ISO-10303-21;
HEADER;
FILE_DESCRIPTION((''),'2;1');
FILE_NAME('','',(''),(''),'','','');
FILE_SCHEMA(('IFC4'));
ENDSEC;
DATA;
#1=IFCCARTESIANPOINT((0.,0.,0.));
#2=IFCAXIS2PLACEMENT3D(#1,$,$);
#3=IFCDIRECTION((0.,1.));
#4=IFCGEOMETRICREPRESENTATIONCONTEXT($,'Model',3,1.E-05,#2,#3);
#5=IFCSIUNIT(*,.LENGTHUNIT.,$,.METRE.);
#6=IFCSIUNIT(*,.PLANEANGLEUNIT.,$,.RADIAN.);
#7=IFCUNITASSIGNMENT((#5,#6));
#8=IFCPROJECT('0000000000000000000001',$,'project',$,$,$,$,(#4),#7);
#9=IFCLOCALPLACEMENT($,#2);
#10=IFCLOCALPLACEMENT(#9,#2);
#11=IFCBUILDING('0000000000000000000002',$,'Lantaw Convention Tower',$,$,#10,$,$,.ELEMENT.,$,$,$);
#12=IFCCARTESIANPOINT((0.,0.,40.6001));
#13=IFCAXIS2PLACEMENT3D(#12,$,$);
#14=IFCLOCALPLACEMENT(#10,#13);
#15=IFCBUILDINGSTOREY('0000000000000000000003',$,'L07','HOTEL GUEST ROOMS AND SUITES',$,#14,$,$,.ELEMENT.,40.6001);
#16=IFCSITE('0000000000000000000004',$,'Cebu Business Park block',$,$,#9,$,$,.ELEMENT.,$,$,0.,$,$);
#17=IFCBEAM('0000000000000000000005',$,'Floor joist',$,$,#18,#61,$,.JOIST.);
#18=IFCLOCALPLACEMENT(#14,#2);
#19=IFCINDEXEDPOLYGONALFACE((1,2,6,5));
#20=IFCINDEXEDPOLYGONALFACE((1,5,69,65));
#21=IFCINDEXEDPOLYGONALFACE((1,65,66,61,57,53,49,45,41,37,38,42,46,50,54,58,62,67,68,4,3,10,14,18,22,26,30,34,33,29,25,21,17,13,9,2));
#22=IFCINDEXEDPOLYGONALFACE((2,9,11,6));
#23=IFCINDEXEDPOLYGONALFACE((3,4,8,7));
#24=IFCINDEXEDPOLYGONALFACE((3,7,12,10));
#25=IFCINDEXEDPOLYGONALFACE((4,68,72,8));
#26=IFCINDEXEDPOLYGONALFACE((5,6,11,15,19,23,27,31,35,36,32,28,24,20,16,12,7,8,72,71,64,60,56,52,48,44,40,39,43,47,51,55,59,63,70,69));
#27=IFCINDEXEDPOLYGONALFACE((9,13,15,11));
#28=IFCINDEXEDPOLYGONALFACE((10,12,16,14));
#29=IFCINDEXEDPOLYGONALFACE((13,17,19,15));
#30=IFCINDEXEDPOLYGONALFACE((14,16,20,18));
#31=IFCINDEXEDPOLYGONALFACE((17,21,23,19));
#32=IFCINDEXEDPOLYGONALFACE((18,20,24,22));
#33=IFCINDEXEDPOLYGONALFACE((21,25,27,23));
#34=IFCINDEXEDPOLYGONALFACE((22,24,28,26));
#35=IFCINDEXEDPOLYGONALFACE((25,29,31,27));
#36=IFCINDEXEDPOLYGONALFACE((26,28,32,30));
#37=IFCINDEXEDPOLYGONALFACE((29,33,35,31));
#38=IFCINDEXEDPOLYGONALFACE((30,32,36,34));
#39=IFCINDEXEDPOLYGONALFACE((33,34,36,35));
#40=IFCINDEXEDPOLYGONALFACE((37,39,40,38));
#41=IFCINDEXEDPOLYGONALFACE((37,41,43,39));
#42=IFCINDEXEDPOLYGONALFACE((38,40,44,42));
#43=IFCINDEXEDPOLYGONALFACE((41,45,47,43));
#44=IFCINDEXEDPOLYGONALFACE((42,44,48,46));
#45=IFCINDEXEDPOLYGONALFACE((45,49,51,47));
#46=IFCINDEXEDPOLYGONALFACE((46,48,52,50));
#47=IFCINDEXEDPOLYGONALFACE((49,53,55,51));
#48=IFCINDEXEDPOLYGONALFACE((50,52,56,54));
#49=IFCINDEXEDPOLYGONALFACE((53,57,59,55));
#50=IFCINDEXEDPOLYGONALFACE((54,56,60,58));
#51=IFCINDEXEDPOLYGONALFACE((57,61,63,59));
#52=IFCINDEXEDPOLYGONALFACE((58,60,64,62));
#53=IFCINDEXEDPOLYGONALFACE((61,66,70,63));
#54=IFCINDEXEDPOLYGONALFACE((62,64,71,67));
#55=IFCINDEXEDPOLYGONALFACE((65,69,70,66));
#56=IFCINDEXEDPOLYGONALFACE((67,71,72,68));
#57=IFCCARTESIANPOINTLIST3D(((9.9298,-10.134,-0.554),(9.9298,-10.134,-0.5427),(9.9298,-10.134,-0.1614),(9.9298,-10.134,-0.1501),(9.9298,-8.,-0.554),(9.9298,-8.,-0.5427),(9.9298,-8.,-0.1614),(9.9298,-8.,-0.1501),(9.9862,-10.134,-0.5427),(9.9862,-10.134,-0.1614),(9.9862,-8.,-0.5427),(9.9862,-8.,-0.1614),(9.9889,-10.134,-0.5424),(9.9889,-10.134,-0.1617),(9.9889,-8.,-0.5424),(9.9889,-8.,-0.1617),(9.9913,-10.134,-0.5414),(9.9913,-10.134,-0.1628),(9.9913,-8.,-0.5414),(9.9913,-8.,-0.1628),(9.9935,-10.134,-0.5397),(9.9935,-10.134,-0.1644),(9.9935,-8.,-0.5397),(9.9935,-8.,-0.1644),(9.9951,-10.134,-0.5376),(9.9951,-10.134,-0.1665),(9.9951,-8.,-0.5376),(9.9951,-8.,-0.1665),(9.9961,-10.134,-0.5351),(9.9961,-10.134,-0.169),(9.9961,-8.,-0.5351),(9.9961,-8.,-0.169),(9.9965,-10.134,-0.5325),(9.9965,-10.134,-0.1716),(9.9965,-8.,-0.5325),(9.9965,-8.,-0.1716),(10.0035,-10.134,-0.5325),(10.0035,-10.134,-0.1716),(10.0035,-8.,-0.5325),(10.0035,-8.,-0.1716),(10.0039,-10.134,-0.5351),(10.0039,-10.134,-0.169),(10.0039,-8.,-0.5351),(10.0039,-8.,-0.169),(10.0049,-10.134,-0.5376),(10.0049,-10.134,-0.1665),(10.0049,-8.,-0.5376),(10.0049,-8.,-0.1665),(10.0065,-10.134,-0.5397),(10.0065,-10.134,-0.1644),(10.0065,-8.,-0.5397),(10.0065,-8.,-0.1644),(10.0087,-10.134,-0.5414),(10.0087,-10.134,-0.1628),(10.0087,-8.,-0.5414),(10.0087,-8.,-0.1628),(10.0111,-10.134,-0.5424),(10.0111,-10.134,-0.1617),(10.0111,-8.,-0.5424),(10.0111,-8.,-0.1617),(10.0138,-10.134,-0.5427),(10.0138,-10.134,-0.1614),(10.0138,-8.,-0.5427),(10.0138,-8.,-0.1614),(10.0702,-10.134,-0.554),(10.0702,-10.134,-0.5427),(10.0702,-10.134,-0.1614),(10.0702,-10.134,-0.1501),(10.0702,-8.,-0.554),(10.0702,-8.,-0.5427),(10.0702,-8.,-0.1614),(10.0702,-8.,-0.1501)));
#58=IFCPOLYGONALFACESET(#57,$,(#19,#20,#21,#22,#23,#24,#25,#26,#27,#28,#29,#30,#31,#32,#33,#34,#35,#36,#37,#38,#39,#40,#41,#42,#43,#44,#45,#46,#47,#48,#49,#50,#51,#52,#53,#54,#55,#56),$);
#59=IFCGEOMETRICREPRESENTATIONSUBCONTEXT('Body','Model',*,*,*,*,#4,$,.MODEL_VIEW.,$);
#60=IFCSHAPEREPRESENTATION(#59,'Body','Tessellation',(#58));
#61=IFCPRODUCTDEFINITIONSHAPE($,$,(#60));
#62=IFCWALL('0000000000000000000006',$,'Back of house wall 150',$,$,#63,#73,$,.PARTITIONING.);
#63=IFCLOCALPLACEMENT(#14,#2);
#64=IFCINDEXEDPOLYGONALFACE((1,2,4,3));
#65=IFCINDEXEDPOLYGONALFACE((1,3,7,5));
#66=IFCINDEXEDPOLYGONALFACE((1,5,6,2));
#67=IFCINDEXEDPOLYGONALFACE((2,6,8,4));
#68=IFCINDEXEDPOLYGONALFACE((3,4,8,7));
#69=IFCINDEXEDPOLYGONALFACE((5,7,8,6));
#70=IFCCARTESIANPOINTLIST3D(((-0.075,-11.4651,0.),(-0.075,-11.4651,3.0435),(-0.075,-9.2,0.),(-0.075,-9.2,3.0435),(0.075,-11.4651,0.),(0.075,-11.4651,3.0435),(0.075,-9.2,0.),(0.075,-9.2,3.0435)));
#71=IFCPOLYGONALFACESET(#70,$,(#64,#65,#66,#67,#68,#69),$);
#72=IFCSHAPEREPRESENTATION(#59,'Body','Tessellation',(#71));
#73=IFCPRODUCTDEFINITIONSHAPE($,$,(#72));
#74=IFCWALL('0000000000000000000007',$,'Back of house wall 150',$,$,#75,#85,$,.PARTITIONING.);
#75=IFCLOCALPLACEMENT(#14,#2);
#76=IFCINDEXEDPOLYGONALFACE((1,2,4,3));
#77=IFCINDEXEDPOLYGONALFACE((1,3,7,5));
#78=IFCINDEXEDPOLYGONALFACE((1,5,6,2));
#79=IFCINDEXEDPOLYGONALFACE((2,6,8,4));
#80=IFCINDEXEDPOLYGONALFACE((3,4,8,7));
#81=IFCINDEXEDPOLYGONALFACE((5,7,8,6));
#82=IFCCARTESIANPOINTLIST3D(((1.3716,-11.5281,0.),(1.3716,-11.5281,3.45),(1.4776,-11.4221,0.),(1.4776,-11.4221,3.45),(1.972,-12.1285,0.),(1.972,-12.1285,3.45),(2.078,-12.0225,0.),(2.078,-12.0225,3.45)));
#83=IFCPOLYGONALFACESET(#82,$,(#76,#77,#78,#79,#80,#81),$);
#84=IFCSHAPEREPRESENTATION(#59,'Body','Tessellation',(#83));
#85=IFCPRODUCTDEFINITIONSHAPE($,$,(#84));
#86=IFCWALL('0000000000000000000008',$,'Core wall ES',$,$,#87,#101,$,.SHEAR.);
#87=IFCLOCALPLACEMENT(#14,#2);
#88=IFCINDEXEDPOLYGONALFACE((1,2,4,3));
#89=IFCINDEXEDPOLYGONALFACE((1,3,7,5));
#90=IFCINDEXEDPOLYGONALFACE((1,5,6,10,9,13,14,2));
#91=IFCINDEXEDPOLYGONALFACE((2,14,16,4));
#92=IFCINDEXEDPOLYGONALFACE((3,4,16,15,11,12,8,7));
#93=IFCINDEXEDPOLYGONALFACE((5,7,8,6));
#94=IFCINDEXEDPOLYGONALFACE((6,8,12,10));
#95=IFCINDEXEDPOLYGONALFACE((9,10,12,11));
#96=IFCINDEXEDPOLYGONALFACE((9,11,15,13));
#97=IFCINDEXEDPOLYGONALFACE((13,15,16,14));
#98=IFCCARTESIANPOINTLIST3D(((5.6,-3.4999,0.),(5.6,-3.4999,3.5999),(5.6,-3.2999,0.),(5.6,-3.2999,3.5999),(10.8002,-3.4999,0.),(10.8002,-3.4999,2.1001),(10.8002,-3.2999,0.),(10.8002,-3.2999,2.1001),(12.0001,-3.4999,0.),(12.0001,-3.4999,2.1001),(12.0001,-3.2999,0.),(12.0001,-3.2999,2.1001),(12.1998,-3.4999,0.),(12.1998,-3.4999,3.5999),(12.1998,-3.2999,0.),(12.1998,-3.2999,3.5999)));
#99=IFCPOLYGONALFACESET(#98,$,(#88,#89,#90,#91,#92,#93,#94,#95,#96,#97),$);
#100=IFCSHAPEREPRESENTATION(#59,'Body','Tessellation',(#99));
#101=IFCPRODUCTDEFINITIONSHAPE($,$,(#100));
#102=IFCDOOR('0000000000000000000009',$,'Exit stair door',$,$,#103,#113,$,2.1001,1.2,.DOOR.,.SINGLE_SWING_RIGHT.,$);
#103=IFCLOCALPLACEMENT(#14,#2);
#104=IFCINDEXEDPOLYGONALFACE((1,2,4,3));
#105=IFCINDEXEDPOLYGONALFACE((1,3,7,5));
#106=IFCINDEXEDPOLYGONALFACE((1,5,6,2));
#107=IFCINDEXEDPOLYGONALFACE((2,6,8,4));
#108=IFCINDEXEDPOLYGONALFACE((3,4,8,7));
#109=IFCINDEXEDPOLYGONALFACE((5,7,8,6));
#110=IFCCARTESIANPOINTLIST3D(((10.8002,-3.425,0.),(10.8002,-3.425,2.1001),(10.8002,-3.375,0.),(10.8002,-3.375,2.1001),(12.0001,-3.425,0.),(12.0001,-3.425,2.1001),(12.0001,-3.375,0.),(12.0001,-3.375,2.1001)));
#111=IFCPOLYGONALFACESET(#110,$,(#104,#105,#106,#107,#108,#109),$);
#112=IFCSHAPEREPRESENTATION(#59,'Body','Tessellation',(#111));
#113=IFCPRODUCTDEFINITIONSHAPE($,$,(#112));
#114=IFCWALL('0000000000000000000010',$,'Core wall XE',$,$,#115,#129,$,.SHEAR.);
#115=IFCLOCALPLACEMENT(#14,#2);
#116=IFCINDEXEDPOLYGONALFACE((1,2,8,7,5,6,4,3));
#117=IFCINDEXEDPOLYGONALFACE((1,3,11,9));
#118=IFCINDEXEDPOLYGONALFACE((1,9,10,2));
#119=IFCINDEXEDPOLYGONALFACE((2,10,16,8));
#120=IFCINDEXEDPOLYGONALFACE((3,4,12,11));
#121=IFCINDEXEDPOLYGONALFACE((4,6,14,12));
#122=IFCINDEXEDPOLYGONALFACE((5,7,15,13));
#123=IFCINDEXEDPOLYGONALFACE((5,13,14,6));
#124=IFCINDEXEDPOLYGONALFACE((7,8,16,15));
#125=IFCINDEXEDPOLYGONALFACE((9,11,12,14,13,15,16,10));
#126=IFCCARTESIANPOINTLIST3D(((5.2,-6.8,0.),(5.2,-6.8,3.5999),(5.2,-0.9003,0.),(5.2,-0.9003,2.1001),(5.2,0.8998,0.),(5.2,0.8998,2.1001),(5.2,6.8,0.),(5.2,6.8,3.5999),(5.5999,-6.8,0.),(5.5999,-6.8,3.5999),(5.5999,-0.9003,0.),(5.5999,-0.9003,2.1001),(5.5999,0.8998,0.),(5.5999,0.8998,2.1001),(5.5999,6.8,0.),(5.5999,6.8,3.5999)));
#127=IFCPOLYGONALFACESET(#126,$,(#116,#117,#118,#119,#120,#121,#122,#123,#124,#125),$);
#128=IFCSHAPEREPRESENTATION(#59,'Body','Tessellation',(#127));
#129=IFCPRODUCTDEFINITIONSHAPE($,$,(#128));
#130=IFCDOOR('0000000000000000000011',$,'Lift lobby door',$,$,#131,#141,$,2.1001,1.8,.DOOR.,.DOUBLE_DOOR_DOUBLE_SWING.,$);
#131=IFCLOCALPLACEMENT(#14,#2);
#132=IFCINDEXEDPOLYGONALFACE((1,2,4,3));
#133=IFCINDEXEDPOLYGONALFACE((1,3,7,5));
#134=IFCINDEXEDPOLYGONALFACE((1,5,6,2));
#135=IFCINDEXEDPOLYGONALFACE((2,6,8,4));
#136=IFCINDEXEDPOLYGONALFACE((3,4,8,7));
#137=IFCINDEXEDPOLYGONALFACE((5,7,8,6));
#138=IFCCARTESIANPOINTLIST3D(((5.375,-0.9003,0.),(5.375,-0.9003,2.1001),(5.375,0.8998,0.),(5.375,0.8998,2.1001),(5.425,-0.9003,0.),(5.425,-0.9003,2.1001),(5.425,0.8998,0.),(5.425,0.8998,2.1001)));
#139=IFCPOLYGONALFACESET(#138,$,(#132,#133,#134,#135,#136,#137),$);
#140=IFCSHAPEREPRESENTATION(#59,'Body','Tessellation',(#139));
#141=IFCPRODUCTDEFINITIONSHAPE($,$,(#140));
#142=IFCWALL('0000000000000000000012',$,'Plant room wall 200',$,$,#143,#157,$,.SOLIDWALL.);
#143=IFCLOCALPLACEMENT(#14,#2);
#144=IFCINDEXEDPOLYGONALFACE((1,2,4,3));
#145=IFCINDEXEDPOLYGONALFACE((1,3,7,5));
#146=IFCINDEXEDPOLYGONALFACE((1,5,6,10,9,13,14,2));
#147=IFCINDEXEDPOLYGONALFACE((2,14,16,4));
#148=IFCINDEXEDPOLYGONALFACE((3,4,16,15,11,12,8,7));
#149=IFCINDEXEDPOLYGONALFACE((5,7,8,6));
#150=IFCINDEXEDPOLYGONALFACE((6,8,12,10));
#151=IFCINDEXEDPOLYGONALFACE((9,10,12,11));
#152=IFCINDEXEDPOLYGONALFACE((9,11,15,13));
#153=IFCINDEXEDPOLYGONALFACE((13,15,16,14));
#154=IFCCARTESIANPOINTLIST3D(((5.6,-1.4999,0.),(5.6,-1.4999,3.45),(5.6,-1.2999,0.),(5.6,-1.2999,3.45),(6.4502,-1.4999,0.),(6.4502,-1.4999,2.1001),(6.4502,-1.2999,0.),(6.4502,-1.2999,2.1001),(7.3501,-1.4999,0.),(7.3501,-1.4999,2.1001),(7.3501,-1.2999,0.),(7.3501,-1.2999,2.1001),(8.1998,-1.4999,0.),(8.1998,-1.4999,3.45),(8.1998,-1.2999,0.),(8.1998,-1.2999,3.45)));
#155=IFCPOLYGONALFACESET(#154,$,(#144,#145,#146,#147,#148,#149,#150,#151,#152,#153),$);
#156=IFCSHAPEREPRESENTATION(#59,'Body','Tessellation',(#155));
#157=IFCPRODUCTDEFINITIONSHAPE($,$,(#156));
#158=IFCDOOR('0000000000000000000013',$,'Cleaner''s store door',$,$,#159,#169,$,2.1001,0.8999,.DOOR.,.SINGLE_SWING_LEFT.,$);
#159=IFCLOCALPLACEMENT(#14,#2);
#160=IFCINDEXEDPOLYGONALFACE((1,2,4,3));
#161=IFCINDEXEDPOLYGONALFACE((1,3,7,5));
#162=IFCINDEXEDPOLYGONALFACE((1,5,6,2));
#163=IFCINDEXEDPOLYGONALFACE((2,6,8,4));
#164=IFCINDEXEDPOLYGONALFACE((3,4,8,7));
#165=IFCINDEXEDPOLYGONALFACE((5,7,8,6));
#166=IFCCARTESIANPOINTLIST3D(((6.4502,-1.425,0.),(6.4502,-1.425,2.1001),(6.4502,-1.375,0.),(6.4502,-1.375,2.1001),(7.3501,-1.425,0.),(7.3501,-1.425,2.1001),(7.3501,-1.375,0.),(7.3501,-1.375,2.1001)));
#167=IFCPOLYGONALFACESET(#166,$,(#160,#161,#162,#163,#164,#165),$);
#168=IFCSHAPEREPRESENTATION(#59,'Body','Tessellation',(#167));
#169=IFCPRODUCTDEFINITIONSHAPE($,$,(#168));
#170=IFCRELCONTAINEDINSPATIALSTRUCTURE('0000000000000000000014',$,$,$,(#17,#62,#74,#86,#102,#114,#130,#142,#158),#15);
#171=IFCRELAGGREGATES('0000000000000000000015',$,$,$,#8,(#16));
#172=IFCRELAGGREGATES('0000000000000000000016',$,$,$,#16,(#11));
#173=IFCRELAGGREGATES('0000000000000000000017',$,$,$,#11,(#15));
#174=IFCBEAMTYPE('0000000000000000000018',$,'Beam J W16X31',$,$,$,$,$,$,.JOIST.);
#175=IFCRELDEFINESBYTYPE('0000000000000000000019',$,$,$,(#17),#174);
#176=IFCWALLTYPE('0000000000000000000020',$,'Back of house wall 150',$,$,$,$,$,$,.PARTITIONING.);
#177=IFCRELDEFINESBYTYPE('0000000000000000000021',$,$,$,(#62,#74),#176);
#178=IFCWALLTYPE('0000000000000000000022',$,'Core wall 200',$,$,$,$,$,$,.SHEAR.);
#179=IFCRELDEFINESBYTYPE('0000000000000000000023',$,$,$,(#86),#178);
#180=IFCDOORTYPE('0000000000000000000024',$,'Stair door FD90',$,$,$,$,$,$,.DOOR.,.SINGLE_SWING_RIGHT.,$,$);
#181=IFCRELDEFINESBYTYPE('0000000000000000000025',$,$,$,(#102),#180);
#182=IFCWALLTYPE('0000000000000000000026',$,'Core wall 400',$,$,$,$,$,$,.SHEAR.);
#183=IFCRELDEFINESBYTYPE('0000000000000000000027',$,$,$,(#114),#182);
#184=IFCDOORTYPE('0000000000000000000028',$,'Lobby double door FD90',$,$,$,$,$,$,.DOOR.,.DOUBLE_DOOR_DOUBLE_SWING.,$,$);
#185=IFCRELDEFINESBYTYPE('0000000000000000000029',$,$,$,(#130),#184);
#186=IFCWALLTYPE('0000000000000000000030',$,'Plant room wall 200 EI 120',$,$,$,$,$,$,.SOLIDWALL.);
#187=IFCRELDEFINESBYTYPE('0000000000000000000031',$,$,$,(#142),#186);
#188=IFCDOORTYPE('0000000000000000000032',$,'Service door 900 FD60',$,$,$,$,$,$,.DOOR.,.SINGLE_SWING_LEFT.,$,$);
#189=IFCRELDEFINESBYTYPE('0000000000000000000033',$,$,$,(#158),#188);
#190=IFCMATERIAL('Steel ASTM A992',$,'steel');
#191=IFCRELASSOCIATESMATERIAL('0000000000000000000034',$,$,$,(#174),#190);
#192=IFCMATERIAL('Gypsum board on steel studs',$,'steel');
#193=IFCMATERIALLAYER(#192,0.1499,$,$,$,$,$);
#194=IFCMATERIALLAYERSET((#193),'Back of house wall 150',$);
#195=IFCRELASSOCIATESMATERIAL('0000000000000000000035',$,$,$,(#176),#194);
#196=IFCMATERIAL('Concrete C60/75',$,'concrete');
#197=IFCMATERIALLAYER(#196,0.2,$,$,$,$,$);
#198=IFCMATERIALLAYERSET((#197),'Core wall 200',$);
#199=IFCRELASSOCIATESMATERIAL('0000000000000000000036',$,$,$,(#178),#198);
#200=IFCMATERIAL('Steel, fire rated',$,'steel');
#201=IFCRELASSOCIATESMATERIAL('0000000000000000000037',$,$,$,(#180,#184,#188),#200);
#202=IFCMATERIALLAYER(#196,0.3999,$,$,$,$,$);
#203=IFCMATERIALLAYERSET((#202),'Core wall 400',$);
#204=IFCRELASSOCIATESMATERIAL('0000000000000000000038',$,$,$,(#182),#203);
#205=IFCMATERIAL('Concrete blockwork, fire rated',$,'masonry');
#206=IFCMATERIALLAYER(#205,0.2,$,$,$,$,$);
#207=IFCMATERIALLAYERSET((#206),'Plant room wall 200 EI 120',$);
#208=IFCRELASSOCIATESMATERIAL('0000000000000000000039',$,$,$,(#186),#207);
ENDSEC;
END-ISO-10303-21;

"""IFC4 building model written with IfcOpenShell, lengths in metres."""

from ifc_helpers import new_model, si_unit, direction, frame, frame_2d, origin, origin_2d, place, context, subcontext, project, spatial, rectangle, i_section, extrude, material, layer, layer_set, material_profile, profile_set, type_object, element, fill, save


model = new_model("IFC4")

# Units and contexts
model_context = context("Model", 3, precision=1e-05, world=origin(), true_north=direction((0.0, 1.0)))
body_context = subcontext(model_context, "Body", "Model", "MODEL_VIEW")
ifc_project = project(units=[si_unit("LENGTHUNIT", "METRE"), si_unit("PLANEANGLEUNIT", "RADIAN")], contexts=[model_context])

# Site, building, storey
site_placement = place(None, origin())
site = spatial("IfcSite", under=ifc_project, at=site_placement, Name="Cebu Business Park block", CompositionType="ELEMENT", RefElevation=0.0)
building_placement = place(site_placement, origin())
building = spatial("IfcBuilding", under=site, at=building_placement, Name="Lantaw Convention Tower", CompositionType="ELEMENT")
storey_placement = place(building_placement, frame((0.0, 0.0, 40.6001)))
storey = spatial("IfcBuildingStorey", under=building, at=storey_placement, Name="L07", Description="HOTEL GUEST ROOMS AND SUITES", CompositionType="ELEMENT", Elevation=40.6001)

# Beam
ifc_material_1 = material(Name="Steel ASTM A992", Category="steel")
ifc_material_profile_1 = material_profile(ifc_material_1, i_section(OverallWidth=0.1404, OverallDepth=0.4038, WebThickness=0.0071, FlangeThickness=0.0112, FilletRadius=0.0103, at=origin_2d()), Name="W16X31")
ifc_profile_set_1 = profile_set([ifc_material_profile_1], Name="Steel ASTM A992")
beam_type_1 = type_object("IfcBeamType", Name="Beam J W16X31", PredefinedType="JOIST", material=ifc_profile_set_1)
beam_1_placement = place(storey_placement, frame((10.0, -10.134, -0.3521), z_axis=(0.0, 1.0, 0.0), x_axis=(-1.0, 0.0, 0.0)))
element("IfcBeam", 1, at=beam_1_placement, inside=storey, type_object=beam_type_1, Name="Floor joist", PredefinedType="JOIST", context=body_context, shape_type="SweptSolid", body=[
    extrude(i_section(OverallWidth=0.1404, OverallDepth=0.4038, WebThickness=0.0071, FlangeThickness=0.0112, FilletRadius=0.0103, at=origin_2d()), origin(), (0.0, 0.0, 1.0), 2.134),
])

# Walls
ifc_material_2 = material(Name="Gypsum board on steel studs", Category="steel")
ifc_layer_1 = layer(ifc_material_2, 0.1499)
ifc_layer_set_1 = layer_set([ifc_layer_1], Name="Back of house wall 150")
wall_type_1 = type_object("IfcWallType", Name="Back of house wall 150", PredefinedType="PARTITIONING", material=ifc_layer_set_1)
wall_1_placement = place(storey_placement, frame((0.0, -9.2, 0.0), z_axis=(0.0, 0.0, 1.0), x_axis=(0.0, -1.0, 0.0)))
element("IfcWall", 2, at=wall_1_placement, inside=storey, type_object=wall_type_1, Name="Back of house wall 150", PredefinedType="PARTITIONING", context=body_context, shape_type="SweptSolid", body=[
    extrude(rectangle(XDim=2.2651, YDim=0.1499, at=frame_2d((1.1326, 0.0))), origin(), (0.0, 0.0, 1.0), 3.0435),
])
wall_2_placement = place(storey_placement, frame((1.4246, -11.4751, 0.0), z_axis=(0.0, 0.0, 1.0), x_axis=(0.707107, -0.707107, 0.0)))
element("IfcWall", 3, at=wall_2_placement, inside=storey, type_object=wall_type_1, Name="Back of house wall 150", PredefinedType="PARTITIONING", context=body_context, shape_type="SweptSolid", body=[
    extrude(rectangle(XDim=0.8491, YDim=0.1499, at=frame_2d((0.4246, 0.0))), origin(), (0.0, 0.0, 1.0), 3.45),
])

# Walls, openings, doors
ifc_material_3 = material(Name="Concrete C60/75", Category="concrete")
ifc_layer_2 = layer(ifc_material_3, 0.2)
ifc_layer_set_2 = layer_set([ifc_layer_2], Name="Core wall 200")
wall_type_2 = type_object("IfcWallType", Name="Core wall 200", PredefinedType="SHEAR", material=ifc_layer_set_2)
wall_3_placement = place(storey_placement, frame((5.6001, -3.3999, 0.0), z_axis=(0.0, 0.0, 1.0), x_axis=(1.0, 0.0, 0.0)))
wall_3 = element("IfcWall", 4, at=wall_3_placement, inside=storey, type_object=wall_type_2, Name="Core wall ES", PredefinedType="SHEAR", context=body_context, shape_type="SweptSolid", body=[
    extrude(rectangle(XDim=6.5999, YDim=0.2, at=frame_2d((3.2998, 0.0))), origin(), (0.0, 0.0, 1.0), 3.5999),
])
opening_1_placement = place(wall_3_placement, frame((5.2, 0.0, 0.0)))
opening_1 = element("IfcOpeningElement", 5, at=opening_1_placement, cuts=wall_3, PredefinedType="OPENING", context=body_context, shape_type="SweptSolid", body=[
    extrude(rectangle(XDim=1.2, YDim=2.1001, at=frame_2d((0.6001, 1.05))), frame((0.0, 0.1099, 0.0), z_axis=(0.0, -1.0, 0.0), x_axis=(1.0, 0.0, 0.0)), (0.0, 0.0, 1.0), 0.22),
])
ifc_material_4 = material(Name="Steel, fire rated", Category="steel")
door_type_1 = type_object("IfcDoorType", Name="Stair door FD90", OperationType="SINGLE_SWING_RIGHT", PredefinedType="DOOR", material=ifc_material_4)
door_1_placement = place(opening_1_placement, origin())
door_1 = element("IfcDoor", 6, at=door_1_placement, inside=storey, type_object=door_type_1, Name="Exit stair door", OperationType="SINGLE_SWING_RIGHT", OverallHeight=2.1001, OverallWidth=1.2, PredefinedType="DOOR", context=body_context, shape_type="SweptSolid", body=[
    extrude(rectangle(XDim=1.2, YDim=2.1001, at=frame_2d((0.6001, 1.05))), frame((0.0, 0.0249, 0.0), z_axis=(0.0, -1.0, 0.0), x_axis=(1.0, 0.0, 0.0)), (0.0, 0.0, 1.0), 0.05),
])
fill(opening_1, door_1)
ifc_layer_3 = layer(ifc_material_3, 0.3999)
ifc_layer_set_3 = layer_set([ifc_layer_3], Name="Core wall 400")
wall_type_3 = type_object("IfcWallType", Name="Core wall 400", PredefinedType="SHEAR", material=ifc_layer_set_3)
wall_4_placement = place(storey_placement, frame((5.3999, -6.8, 0.0), z_axis=(0.0, 0.0, 1.0), x_axis=(0.0, 1.0, 0.0)))
wall_4 = element("IfcWall", 7, at=wall_4_placement, inside=storey, type_object=wall_type_3, Name="Core wall XE", PredefinedType="SHEAR", context=body_context, shape_type="SweptSolid", body=[
    extrude(rectangle(XDim=13.6001, YDim=0.3999, at=frame_2d((6.8, 0.0))), origin(), (0.0, 0.0, 1.0), 3.5999),
])
opening_2_placement = place(wall_4_placement, frame((5.8999, 0.0, 0.0)))
opening_2 = element("IfcOpeningElement", 8, at=opening_2_placement, cuts=wall_4, PredefinedType="OPENING", context=body_context, shape_type="SweptSolid", body=[
    extrude(rectangle(XDim=1.8, YDim=2.1001, at=frame_2d((0.8999, 1.05))), frame((0.0, 0.21, 0.0), z_axis=(0.0, -1.0, 0.0), x_axis=(1.0, 0.0, 0.0)), (0.0, 0.0, 1.0), 0.4199),
])
door_type_2 = type_object("IfcDoorType", Name="Lobby double door FD90", OperationType="DOUBLE_DOOR_DOUBLE_SWING", PredefinedType="DOOR", material=ifc_material_4)
door_2_placement = place(opening_2_placement, origin())
door_2 = element("IfcDoor", 9, at=door_2_placement, inside=storey, type_object=door_type_2, Name="Lift lobby door", OperationType="DOUBLE_DOOR_DOUBLE_SWING", OverallHeight=2.1001, OverallWidth=1.8, PredefinedType="DOOR", context=body_context, shape_type="SweptSolid", body=[
    extrude(rectangle(XDim=1.8, YDim=2.1001, at=frame_2d((0.8999, 1.05))), frame((0.0, 0.0249, 0.0), z_axis=(0.0, -1.0, 0.0), x_axis=(1.0, 0.0, 0.0)), (0.0, 0.0, 1.0), 0.05),
])
fill(opening_2, door_2)
ifc_material_5 = material(Name="Concrete blockwork, fire rated", Category="masonry")
ifc_layer_4 = layer(ifc_material_5, 0.2)
ifc_layer_set_4 = layer_set([ifc_layer_4], Name="Plant room wall 200 EI 120")
wall_type_4 = type_object("IfcWallType", Name="Plant room wall 200 EI 120", PredefinedType="SOLIDWALL", material=ifc_layer_set_4)
wall_5_placement = place(storey_placement, frame((5.6001, -1.3999, 0.0), z_axis=(0.0, 0.0, 1.0), x_axis=(1.0, 0.0, 0.0)))
wall_5 = element("IfcWall", 10, at=wall_5_placement, inside=storey, type_object=wall_type_4, Name="Plant room wall 200", PredefinedType="SOLIDWALL", context=body_context, shape_type="SweptSolid", body=[
    extrude(rectangle(XDim=2.5999, YDim=0.2, at=frame_2d((1.2998, 0.0))), origin(), (0.0, 0.0, 1.0), 3.45),
])
opening_3_placement = place(wall_5_placement, frame((0.8501, 0.0, 0.0)))
opening_3 = element("IfcOpeningElement", 11, at=opening_3_placement, cuts=wall_5, PredefinedType="OPENING", context=body_context, shape_type="SweptSolid", body=[
    extrude(rectangle(XDim=0.8999, YDim=2.1001, at=frame_2d((0.45, 1.05))), frame((0.0, 0.1099, 0.0), z_axis=(0.0, -1.0, 0.0), x_axis=(1.0, 0.0, 0.0)), (0.0, 0.0, 1.0), 0.22),
])
door_type_3 = type_object("IfcDoorType", Name="Service door 900 FD60", OperationType="SINGLE_SWING_LEFT", PredefinedType="DOOR", material=ifc_material_4)
door_3_placement = place(opening_3_placement, origin())
door_3 = element("IfcDoor", 12, at=door_3_placement, inside=storey, type_object=door_type_3, Name="Cleaner's store door", OperationType="SINGLE_SWING_LEFT", OverallHeight=2.1001, OverallWidth=0.8999, PredefinedType="DOOR", context=body_context, shape_type="SweptSolid", body=[
    extrude(rectangle(XDim=0.8999, YDim=2.1001, at=frame_2d((0.45, 1.05))), frame((0.0, 0.0249, 0.0), z_axis=(0.0, -1.0, 0.0), x_axis=(1.0, 0.0, 0.0)), (0.0, 0.0, 1.0), 0.05),
])
fill(opening_3, door_3)

save(model, "model.ifc")
